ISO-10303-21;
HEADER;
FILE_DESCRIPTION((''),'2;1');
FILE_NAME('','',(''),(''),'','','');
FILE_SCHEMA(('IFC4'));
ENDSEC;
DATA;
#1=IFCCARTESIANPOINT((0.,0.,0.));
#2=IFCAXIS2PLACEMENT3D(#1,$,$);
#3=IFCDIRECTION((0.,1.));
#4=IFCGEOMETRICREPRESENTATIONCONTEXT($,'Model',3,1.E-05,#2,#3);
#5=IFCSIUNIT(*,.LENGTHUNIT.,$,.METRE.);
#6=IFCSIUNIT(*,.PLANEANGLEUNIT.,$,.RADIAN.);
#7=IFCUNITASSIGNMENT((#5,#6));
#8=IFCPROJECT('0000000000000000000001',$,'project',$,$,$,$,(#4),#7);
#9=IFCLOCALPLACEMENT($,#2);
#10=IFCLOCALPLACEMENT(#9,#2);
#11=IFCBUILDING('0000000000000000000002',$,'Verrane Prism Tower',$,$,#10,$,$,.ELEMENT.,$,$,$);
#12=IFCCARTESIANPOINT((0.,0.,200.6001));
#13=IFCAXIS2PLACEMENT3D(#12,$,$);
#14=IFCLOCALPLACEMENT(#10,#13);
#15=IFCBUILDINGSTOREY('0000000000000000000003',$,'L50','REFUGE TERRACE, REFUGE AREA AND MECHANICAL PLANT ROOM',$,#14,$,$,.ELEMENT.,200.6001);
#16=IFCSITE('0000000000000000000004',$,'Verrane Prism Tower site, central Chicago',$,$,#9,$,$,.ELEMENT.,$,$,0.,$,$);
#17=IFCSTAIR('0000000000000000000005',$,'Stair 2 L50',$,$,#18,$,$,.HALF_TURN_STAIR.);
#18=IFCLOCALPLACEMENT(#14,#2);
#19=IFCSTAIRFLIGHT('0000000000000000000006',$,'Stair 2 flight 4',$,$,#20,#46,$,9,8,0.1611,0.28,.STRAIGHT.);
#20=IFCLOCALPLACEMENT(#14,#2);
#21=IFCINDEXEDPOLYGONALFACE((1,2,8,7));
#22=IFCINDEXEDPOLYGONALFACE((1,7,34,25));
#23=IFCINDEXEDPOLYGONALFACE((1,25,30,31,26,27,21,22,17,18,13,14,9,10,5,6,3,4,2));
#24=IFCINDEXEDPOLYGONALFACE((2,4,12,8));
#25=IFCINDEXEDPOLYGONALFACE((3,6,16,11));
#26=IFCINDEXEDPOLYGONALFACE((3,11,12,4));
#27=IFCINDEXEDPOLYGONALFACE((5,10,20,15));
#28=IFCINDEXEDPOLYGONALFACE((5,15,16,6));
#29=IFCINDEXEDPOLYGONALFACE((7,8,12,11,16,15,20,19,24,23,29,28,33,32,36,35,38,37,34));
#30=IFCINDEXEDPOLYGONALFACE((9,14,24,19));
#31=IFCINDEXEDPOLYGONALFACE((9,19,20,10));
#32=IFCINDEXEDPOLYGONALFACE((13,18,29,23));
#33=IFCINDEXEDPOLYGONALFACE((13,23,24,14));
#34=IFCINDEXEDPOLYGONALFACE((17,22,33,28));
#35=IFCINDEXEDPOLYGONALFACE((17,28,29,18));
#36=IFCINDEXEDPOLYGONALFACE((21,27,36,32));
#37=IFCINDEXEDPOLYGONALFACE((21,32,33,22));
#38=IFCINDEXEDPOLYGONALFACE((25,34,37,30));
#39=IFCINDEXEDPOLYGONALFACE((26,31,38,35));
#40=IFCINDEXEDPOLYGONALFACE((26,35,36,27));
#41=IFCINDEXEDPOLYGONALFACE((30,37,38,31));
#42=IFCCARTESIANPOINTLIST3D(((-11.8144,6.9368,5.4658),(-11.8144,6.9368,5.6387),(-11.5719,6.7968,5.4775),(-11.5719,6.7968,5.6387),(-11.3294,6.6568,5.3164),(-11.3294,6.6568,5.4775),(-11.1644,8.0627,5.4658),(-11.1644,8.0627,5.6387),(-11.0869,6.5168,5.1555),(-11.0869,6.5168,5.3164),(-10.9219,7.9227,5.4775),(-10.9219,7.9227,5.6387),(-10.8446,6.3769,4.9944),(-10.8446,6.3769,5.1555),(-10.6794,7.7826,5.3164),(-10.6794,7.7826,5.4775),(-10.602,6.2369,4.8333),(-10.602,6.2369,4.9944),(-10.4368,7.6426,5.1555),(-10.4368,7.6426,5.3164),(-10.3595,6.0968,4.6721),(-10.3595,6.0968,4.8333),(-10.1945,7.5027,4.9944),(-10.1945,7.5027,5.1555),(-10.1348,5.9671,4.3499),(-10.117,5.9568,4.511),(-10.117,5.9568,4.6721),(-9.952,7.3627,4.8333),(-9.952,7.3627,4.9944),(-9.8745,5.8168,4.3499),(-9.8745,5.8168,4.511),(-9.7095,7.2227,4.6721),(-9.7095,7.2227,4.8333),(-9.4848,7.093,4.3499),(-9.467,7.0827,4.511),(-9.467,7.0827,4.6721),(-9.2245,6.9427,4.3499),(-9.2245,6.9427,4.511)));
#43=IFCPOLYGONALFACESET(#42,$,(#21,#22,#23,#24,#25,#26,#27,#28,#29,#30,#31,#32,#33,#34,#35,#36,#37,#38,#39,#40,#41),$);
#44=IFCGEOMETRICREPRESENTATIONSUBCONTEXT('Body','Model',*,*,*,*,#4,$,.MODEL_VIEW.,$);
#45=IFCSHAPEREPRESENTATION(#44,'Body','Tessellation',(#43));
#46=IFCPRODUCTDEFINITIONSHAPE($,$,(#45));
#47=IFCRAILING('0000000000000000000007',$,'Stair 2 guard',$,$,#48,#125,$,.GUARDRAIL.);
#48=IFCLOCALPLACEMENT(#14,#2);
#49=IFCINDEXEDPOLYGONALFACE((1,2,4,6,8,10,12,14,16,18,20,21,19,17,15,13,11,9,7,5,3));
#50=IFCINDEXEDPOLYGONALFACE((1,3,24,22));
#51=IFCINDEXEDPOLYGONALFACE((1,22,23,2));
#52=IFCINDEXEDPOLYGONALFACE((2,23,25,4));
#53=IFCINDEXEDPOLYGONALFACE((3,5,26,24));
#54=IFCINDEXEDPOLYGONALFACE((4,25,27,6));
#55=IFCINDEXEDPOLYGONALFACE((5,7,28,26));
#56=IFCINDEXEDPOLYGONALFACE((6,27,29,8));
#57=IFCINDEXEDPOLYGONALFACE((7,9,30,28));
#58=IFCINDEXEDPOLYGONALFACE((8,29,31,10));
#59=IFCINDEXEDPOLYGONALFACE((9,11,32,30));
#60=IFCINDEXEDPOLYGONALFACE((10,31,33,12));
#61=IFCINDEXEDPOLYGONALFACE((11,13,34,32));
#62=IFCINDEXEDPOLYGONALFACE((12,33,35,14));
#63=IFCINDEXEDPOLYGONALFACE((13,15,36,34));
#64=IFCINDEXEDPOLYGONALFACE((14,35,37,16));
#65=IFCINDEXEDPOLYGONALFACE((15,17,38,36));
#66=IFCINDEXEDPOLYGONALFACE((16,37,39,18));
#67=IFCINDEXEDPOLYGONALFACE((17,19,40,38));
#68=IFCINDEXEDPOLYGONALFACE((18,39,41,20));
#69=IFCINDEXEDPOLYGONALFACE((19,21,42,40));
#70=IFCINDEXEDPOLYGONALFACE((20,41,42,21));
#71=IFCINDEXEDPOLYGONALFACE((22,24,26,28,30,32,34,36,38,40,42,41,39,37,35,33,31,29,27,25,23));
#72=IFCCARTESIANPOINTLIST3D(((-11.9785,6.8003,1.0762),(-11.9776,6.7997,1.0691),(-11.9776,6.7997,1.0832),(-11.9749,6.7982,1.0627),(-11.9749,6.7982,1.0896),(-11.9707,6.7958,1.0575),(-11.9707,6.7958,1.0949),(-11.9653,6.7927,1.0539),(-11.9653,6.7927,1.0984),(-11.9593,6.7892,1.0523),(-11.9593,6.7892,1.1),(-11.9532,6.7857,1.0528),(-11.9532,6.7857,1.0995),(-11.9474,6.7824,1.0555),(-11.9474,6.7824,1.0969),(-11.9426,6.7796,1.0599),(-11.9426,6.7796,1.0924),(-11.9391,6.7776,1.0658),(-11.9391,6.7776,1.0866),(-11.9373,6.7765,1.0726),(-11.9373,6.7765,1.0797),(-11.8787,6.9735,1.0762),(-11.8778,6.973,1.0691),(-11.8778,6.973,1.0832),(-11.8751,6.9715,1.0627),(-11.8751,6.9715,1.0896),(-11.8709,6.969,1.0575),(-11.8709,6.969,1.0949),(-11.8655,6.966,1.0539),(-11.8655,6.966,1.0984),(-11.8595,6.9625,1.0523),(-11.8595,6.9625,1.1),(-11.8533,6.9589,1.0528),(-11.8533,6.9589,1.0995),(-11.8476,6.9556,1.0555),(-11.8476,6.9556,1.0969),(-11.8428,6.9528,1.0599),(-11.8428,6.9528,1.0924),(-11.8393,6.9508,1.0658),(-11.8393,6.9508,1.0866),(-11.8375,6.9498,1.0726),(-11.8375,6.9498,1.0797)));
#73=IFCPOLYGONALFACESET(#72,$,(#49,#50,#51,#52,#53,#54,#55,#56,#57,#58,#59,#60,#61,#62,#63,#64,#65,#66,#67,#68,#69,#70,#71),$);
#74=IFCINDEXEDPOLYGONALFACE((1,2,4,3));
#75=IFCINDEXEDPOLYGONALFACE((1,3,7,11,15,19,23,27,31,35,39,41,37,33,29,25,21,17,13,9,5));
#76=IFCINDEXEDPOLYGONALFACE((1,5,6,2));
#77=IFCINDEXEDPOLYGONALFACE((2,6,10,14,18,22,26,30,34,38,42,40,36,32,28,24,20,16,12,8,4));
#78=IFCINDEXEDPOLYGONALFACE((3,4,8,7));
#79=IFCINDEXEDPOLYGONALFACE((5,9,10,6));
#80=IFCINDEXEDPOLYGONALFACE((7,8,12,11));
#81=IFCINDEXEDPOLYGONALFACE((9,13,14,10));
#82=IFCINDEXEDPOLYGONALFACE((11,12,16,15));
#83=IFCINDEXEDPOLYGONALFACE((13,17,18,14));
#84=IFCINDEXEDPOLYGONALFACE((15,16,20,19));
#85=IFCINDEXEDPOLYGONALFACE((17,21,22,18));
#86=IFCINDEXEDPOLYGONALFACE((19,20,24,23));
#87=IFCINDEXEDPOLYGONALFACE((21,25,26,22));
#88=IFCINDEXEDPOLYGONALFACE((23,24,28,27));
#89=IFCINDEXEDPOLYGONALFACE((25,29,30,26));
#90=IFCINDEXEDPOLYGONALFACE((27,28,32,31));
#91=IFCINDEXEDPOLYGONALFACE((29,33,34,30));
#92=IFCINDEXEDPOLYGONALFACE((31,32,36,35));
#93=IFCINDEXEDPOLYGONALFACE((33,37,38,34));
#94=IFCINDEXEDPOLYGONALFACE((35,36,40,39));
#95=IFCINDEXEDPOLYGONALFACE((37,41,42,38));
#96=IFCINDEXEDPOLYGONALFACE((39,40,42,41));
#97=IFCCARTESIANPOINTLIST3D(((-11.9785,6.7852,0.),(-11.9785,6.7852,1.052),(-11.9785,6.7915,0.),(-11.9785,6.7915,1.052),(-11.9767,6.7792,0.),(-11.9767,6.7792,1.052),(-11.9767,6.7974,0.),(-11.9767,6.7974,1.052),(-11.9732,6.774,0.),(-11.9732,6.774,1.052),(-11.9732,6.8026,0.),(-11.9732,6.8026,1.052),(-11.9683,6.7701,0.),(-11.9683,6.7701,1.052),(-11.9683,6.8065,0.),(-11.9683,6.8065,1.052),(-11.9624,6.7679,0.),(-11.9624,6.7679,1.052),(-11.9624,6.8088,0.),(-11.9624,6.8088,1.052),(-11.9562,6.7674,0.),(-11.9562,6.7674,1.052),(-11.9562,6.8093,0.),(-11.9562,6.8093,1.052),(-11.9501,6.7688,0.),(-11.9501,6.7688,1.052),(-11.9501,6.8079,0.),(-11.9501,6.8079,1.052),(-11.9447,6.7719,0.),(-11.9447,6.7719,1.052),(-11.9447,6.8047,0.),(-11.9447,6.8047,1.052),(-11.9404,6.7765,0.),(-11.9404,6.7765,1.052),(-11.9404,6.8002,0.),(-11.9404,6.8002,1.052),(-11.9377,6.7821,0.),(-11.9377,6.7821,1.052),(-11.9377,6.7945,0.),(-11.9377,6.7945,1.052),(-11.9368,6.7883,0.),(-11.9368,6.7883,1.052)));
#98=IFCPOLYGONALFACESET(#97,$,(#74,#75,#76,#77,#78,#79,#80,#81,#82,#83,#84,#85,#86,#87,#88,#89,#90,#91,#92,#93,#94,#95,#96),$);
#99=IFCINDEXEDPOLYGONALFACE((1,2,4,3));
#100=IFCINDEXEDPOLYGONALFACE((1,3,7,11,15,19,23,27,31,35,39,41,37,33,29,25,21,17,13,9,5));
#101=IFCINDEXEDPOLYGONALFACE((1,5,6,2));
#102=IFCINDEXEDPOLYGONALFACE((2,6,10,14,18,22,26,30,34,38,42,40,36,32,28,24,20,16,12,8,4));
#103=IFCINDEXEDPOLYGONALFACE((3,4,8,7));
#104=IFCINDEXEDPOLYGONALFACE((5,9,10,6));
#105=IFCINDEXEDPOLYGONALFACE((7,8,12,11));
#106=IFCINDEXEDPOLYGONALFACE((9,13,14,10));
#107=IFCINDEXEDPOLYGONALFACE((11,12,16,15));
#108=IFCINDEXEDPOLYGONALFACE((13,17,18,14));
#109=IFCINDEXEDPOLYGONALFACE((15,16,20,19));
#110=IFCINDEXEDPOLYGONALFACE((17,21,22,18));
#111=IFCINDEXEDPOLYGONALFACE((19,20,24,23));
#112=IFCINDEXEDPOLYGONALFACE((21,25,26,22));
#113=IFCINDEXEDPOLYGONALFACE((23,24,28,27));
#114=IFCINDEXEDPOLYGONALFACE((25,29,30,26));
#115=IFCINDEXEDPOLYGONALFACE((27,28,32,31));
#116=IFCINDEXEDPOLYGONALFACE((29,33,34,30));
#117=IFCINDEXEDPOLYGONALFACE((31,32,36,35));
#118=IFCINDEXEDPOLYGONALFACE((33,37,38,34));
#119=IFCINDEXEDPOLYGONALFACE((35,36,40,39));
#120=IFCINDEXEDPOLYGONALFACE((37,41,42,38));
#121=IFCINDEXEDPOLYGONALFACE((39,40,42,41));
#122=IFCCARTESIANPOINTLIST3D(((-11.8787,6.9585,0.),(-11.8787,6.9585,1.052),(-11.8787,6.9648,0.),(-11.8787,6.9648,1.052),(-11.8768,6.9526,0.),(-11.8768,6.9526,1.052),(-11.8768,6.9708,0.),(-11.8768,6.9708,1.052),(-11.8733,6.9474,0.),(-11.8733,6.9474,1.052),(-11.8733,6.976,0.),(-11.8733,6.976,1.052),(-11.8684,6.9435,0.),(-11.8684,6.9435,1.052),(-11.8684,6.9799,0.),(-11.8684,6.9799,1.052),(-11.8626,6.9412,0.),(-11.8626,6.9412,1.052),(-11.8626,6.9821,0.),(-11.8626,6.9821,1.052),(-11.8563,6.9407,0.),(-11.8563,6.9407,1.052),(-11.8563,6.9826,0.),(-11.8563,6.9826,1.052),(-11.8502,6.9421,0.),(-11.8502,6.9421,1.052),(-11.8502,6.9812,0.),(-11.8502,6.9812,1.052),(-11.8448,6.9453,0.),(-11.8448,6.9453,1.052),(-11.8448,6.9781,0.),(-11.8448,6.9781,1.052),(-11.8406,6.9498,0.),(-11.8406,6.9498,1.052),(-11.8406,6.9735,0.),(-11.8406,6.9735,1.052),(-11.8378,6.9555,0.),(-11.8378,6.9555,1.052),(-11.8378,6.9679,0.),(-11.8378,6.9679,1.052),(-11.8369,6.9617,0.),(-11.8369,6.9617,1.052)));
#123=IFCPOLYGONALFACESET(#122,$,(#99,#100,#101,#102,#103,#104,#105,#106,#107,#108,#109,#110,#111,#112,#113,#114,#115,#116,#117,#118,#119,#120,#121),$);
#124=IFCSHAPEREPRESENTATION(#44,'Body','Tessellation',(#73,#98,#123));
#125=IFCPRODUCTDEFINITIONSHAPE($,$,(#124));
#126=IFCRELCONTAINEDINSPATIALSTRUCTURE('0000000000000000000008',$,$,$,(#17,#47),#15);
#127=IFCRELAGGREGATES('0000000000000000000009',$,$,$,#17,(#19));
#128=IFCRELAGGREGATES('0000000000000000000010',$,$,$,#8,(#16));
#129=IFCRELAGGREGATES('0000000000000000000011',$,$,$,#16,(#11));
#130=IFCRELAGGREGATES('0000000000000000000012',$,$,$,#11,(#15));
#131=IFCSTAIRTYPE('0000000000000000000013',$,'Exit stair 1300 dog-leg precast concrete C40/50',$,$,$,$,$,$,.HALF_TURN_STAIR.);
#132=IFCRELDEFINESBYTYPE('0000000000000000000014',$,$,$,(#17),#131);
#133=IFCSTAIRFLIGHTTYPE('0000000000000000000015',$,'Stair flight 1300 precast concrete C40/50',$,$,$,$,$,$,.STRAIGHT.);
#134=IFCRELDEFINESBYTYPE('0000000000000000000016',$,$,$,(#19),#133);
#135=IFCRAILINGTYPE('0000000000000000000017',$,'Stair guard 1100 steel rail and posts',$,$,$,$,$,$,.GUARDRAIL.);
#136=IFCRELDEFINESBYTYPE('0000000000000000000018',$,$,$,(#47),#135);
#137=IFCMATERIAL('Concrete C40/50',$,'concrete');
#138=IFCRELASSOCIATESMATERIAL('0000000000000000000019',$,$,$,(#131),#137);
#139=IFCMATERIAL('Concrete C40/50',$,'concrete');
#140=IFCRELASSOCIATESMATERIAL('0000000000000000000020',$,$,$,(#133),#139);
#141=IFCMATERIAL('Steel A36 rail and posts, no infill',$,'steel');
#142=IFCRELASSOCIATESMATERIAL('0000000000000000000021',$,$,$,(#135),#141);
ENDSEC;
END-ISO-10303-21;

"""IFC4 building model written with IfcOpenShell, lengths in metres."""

from ifc_helpers import new_model, si_unit, direction, frame, origin, origin_2d, place, context, subcontext, project, spatial, polyline, circle, outline, extrude, material, type_object, element, aggregate, save


model = new_model("IFC4")

# Units and contexts
model_context = context("Model", 3, precision=1e-05, world=origin(), true_north=direction((0.0, 1.0)))
body_context = subcontext(model_context, "Body", "Model", "MODEL_VIEW")
ifc_project = project(units=[si_unit("LENGTHUNIT", "METRE"), si_unit("PLANEANGLEUNIT", "RADIAN")], contexts=[model_context])

# Site, building, storey
site_placement = place(None, origin())
site = spatial("IfcSite", under=ifc_project, at=site_placement, Name="Verrane Prism Tower site, central Chicago", CompositionType="ELEMENT", RefElevation=0.0)
building_placement = place(site_placement, origin())
building = spatial("IfcBuilding", under=site, at=building_placement, Name="Verrane Prism Tower", CompositionType="ELEMENT")
storey_placement = place(building_placement, frame((0.0, 0.0, 200.6001)))
storey = spatial("IfcBuildingStorey", under=building, at=storey_placement, Name="L50", Description="REFUGE TERRACE, REFUGE AREA AND MECHANICAL PLANT ROOM", CompositionType="ELEMENT", Elevation=200.6001)

# Stair, stair flight
ifc_material_1 = material(Name="Concrete C40/50", Category="concrete")
stair_type = type_object("IfcStairType", Name="Exit stair 1300 dog-leg precast concrete C40/50", PredefinedType="HALF_TURN_STAIR", material=ifc_material_1)
stair_placement = place(storey_placement, origin())
stair = element("IfcStair", 1, at=stair_placement, inside=storey, type_object=stair_type, Name="Stair 2 L50", PredefinedType="HALF_TURN_STAIR")
ifc_material_2 = material(Name="Concrete C40/50", Category="concrete")
stair_flight_type = type_object("IfcStairFlightType", Name="Stair flight 1300 precast concrete C40/50", PredefinedType="STRAIGHT", material=ifc_material_2)
stair_flight_1_placement = place(storey_placement, frame((-9.5496, 6.3796, 4.3499), z_axis=(0.0, 0.0, 1.0), x_axis=(-0.866025, 0.5, 0.0)))
stair_flight_1 = element("IfcStairFlight", 2, at=stair_flight_1_placement, type_object=stair_flight_type, Name="Stair 2 flight 4", NumberOfRisers=9, NumberOfTreads=8, PredefinedType="STRAIGHT", RiserHeight=0.1611, TreadLength=0.28, context=body_context, shape_type="SweptSolid", body=[
    extrude(outline(polyline([(0.0, 0.0), (0.0, 0.1611), (0.28, 0.1611), (0.28, 0.3223), (0.5601, 0.3223), (0.5601, 0.4834), (0.8401, 0.4834), (0.8401, 0.6445), (1.1201, 0.6445), (1.1201, 0.8057), (1.3999, 0.8057), (1.3999, 0.9666), (1.6799, 0.9666), (1.6799, 1.1277), (1.96, 1.1277), (1.96, 1.2888), (2.24, 1.2888), (2.24, 1.45), (2.24, 1.116), (0.3005, 0.0), (0.0, 0.0)])), frame((0.0, 0.6499, 0.0), z_axis=(0.0, -1.0, 0.0), x_axis=(1.0, 0.0, 0.0)), (0.0, 0.0, 1.0), 1.3),
])
aggregate(stair, [stair_flight_1])

# Railing
ifc_material_3 = material(Name="Steel A36 rail and posts, no infill", Category="steel")
railing_type_1 = type_object("IfcRailingType", Name="Stair guard 1100 steel rail and posts", PredefinedType="GUARDRAIL", material=ifc_material_3)
railing_1_placement = place(storey_placement, frame((-11.9578, 6.7883, 0.0)))
element("IfcRailing", 3, at=railing_1_placement, inside=storey, type_object=railing_type_1, Name="Stair 2 guard", PredefinedType="GUARDRAIL", context=body_context, shape_type="SweptSolid", body=[
    extrude(circle(Radius=0.0239, at=origin_2d()), frame((0.0, 0.0, 1.0762), z_axis=(0.499159, 0.86651, 0.0), x_axis=(-0.86651, 0.499159, 0.0)), (0.0, 0.0, 1.0), 0.2),
    extrude(circle(Radius=0.021, at=origin_2d()), origin(), (0.0, 0.0, 1.0), 1.052),
    extrude(circle(Radius=0.021, at=origin_2d()), frame((0.0999, 0.1733, 0.0)), (0.0, 0.0, 1.0), 1.052),
])

save(model, "model.ifc")
